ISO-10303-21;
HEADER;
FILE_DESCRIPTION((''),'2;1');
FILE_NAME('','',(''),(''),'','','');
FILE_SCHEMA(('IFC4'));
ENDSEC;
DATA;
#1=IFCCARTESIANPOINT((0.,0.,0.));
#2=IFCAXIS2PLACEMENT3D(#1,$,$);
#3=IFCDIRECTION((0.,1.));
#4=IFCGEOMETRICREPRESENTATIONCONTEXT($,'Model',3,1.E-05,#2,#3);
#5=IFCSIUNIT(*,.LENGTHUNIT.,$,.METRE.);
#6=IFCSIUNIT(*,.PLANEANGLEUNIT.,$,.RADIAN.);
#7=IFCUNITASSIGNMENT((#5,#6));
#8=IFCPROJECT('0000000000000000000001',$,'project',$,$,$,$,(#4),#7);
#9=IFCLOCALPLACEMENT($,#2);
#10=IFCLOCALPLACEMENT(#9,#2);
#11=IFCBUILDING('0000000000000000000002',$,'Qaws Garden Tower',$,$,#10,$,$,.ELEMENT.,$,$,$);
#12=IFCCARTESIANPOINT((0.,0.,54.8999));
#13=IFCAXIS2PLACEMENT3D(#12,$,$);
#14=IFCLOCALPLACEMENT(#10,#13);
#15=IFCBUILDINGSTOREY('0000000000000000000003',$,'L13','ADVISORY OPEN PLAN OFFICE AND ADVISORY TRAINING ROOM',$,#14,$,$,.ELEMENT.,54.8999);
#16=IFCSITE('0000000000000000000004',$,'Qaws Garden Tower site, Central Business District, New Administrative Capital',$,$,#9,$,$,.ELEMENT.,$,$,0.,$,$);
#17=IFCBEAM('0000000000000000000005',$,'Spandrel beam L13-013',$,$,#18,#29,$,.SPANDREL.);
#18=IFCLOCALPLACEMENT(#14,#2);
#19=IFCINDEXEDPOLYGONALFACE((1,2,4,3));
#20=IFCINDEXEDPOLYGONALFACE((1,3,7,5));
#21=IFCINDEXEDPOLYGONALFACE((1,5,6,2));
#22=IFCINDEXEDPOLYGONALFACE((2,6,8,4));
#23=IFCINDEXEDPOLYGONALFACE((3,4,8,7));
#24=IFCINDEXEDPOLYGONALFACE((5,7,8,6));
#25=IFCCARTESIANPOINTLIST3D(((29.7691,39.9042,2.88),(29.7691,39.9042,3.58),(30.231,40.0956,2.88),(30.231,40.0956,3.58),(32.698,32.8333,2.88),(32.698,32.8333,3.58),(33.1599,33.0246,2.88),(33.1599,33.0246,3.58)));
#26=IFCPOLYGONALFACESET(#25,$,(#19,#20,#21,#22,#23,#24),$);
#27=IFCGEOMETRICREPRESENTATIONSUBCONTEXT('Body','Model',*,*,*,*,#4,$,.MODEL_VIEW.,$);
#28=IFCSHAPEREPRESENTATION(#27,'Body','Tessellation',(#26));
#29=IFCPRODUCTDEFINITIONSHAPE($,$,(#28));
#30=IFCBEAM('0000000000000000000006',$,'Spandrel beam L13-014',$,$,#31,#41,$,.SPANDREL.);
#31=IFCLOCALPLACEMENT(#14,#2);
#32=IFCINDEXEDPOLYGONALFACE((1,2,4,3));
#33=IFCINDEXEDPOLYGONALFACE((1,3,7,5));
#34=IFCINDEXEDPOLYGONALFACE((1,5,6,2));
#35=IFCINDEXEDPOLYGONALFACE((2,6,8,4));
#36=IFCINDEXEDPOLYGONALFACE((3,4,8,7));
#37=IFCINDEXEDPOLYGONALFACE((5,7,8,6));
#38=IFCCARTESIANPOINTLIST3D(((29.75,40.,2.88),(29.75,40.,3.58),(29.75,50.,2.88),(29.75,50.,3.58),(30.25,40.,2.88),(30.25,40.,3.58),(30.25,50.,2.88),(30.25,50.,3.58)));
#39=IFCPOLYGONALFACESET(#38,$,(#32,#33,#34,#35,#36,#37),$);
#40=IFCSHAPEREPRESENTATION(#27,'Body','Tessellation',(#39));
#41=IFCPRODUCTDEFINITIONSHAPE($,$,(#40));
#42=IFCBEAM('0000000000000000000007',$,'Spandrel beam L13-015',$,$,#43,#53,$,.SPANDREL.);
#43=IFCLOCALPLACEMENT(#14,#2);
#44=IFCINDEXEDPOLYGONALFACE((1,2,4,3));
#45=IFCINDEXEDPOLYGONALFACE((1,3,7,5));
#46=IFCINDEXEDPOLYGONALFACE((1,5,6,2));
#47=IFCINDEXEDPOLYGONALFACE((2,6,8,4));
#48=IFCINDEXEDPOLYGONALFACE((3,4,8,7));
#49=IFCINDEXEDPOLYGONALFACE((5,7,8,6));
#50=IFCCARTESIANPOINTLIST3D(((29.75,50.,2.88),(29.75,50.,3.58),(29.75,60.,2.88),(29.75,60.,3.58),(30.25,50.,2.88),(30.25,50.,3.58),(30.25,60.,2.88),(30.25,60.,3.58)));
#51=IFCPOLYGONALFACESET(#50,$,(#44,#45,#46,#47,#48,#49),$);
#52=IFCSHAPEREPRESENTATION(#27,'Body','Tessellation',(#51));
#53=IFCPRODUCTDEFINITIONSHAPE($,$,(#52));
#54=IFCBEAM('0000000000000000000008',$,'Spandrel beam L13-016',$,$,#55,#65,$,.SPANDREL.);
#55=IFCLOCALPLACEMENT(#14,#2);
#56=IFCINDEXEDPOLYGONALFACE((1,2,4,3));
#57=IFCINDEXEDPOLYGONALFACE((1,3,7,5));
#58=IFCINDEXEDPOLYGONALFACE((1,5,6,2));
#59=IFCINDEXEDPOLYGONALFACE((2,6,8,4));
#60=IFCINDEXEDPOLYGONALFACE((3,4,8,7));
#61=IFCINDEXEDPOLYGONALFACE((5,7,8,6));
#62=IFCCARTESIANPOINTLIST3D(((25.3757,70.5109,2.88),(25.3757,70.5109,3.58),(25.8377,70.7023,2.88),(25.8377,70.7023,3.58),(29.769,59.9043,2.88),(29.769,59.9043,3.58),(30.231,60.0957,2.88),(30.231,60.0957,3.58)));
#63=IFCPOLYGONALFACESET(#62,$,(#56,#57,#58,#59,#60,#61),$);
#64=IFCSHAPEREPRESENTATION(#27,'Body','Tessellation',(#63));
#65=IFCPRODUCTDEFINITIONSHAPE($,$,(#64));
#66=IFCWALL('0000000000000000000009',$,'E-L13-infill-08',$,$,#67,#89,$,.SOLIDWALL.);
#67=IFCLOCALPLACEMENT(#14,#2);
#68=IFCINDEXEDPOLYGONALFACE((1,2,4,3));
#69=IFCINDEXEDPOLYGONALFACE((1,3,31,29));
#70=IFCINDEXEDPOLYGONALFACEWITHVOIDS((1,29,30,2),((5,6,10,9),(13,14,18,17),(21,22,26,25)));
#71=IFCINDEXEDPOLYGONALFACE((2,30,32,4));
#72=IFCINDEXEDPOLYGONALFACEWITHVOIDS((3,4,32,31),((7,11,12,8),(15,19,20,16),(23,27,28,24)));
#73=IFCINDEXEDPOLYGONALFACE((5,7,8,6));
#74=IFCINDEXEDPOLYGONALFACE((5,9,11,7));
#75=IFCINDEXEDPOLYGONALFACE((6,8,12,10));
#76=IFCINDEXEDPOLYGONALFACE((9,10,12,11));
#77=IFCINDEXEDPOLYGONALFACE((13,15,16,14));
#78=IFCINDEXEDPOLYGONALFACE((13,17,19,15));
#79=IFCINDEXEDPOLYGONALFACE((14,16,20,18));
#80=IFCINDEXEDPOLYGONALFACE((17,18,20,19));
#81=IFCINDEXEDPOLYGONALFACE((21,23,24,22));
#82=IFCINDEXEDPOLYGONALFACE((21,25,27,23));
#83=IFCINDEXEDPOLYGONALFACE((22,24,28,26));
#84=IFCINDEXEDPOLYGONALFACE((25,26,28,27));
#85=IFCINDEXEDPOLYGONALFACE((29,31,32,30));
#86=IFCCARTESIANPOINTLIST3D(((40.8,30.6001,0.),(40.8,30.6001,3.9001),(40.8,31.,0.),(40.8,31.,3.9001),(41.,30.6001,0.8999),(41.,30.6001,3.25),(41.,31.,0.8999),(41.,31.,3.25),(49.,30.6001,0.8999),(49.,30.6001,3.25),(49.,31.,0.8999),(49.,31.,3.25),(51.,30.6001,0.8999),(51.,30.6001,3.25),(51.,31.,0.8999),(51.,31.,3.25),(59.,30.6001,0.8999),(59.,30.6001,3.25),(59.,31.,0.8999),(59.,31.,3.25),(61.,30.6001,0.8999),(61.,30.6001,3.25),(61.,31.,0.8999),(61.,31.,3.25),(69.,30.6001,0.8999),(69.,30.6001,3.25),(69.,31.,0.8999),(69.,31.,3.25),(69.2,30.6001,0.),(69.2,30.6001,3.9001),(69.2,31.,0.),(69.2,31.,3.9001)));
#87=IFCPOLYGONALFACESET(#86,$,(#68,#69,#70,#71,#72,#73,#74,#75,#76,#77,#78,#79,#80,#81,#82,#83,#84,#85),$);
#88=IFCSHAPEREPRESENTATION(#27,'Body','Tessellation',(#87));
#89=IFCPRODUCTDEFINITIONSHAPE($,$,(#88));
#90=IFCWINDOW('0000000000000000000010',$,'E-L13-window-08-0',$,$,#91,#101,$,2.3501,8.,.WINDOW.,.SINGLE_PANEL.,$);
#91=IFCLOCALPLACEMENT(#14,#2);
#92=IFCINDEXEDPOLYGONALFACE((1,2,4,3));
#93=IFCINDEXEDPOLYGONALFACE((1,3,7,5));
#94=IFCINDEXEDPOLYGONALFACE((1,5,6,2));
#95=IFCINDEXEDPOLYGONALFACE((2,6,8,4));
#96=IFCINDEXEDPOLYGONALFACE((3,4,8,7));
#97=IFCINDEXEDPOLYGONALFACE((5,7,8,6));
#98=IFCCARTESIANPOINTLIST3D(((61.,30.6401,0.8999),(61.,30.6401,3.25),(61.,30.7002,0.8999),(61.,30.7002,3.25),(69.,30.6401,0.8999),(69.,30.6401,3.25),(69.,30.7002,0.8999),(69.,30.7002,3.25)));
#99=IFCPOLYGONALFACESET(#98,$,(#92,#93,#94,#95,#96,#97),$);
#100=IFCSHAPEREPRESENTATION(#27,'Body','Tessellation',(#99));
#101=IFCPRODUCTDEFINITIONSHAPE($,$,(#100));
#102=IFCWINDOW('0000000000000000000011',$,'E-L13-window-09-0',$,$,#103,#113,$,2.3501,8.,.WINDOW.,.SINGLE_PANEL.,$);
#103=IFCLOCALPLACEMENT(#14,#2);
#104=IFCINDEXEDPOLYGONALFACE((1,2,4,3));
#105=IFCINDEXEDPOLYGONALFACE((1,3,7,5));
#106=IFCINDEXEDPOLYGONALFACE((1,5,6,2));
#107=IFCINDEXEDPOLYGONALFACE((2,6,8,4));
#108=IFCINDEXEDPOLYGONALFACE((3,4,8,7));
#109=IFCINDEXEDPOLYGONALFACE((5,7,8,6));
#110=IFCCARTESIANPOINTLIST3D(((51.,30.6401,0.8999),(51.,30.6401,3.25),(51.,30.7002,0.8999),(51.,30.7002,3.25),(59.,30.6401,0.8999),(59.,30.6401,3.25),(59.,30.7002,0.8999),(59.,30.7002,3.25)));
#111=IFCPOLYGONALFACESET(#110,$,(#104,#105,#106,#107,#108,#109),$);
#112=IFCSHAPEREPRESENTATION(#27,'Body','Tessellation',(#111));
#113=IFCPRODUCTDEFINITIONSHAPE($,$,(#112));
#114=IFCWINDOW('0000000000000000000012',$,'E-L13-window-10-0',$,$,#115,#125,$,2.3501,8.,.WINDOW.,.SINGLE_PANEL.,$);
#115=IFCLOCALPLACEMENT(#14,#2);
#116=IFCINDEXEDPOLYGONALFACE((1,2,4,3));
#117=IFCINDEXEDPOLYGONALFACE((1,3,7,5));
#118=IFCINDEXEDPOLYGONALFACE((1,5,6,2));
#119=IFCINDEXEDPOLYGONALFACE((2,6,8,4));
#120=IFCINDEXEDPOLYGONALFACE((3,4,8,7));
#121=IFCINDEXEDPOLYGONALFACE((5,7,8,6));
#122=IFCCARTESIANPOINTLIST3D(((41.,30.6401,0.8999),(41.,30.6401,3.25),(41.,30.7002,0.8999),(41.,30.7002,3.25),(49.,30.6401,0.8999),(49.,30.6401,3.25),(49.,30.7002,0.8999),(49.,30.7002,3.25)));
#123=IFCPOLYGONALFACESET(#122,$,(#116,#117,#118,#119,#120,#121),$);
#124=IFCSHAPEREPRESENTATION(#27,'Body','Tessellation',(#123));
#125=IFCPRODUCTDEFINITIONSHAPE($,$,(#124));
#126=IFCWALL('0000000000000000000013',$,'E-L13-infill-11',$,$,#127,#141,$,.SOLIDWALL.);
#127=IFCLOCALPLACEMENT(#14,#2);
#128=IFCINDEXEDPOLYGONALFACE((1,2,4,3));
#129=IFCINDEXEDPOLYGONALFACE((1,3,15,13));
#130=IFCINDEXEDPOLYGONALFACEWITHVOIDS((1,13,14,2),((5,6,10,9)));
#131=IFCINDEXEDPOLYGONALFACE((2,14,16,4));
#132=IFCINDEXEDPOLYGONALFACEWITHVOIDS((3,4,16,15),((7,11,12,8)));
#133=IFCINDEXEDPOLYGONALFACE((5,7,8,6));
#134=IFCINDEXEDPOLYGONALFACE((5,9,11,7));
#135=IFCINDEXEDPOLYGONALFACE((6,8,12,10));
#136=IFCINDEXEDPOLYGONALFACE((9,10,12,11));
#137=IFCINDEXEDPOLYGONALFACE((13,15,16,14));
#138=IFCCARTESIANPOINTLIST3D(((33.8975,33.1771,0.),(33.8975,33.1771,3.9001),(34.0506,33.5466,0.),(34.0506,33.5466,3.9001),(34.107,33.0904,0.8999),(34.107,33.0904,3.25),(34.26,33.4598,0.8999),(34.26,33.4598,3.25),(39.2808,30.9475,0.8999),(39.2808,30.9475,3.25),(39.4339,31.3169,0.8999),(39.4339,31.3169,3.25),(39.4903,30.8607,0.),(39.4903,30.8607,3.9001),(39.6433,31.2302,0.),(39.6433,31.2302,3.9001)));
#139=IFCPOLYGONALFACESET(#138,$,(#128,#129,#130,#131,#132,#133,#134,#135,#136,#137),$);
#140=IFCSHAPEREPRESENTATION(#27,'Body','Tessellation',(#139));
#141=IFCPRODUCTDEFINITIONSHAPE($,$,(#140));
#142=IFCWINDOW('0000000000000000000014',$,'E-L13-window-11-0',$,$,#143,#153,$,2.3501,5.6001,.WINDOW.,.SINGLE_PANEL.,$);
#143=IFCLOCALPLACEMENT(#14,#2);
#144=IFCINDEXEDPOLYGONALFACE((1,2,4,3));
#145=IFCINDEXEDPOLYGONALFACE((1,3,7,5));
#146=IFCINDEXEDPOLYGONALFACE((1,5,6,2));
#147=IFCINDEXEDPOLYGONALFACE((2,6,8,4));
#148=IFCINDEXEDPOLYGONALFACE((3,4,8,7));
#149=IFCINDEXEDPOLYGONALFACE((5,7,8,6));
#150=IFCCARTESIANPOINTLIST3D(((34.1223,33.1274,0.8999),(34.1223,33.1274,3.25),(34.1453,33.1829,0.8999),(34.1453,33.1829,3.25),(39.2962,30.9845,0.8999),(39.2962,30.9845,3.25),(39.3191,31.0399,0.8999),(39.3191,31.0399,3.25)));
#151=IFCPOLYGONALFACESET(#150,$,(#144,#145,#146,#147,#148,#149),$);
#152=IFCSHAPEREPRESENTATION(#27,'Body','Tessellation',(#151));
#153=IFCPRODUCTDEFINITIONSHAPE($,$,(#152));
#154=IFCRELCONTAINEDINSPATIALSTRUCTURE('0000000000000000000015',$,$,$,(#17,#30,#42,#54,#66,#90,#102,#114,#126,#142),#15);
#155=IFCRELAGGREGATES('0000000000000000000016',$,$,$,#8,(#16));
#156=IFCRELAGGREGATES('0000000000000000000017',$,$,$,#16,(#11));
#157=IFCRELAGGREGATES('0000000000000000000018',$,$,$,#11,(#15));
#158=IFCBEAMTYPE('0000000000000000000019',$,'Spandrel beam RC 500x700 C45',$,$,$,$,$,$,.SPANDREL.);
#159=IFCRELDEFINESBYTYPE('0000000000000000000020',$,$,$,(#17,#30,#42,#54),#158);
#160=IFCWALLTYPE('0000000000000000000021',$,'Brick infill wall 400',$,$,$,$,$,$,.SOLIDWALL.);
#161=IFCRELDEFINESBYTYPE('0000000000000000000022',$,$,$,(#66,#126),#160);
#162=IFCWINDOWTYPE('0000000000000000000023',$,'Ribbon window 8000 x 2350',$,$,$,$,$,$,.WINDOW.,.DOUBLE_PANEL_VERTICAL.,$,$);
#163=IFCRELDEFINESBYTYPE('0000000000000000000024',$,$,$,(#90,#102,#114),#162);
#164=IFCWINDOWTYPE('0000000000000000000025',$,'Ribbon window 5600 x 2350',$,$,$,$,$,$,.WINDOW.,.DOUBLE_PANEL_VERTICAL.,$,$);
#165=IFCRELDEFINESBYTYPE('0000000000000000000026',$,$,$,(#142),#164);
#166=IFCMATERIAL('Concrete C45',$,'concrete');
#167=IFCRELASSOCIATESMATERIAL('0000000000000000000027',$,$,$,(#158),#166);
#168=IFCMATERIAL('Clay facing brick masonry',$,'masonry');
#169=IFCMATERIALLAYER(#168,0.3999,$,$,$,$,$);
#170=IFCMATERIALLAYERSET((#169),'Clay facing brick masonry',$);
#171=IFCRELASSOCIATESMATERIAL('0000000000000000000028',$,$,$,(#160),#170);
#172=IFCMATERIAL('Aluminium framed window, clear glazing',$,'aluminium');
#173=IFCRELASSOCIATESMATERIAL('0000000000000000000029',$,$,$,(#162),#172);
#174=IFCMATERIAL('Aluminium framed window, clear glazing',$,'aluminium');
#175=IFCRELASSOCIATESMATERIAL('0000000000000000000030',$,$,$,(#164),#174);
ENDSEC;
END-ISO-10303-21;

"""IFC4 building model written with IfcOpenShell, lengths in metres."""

from ifc_helpers import new_model, si_unit, direction, frame, frame_2d, origin, origin_2d, place, context, subcontext, project, spatial, rectangle, extrude, material, layer, layer_set, material_profile, profile_set, type_object, element, fill, save


model = new_model("IFC4")

# Units and contexts
model_context = context("Model", 3, precision=1e-05, world=origin(), true_north=direction((0.0, 1.0)))
body_context = subcontext(model_context, "Body", "Model", "MODEL_VIEW")
ifc_project = project(units=[si_unit("LENGTHUNIT", "METRE"), si_unit("PLANEANGLEUNIT", "RADIAN")], contexts=[model_context])

# Site, building, storey
site_placement = place(None, origin())
site = spatial("IfcSite", under=ifc_project, at=site_placement, Name="Qaws Garden Tower site, Central Business District, New Administrative Capital", CompositionType="ELEMENT", RefElevation=0.0)
building_placement = place(site_placement, origin())
building = spatial("IfcBuilding", under=site, at=building_placement, Name="Qaws Garden Tower", CompositionType="ELEMENT")
storey_placement = place(building_placement, frame((0.0, 0.0, 54.8999)))
storey = spatial("IfcBuildingStorey", under=building, at=storey_placement, Name="L13", Description="ADVISORY OPEN PLAN OFFICE AND ADVISORY TRAINING ROOM", CompositionType="ELEMENT", Elevation=54.8999)

# Beams
ifc_material_1 = material(Name="Concrete C45", Category="concrete")
ifc_material_profile_1 = material_profile(ifc_material_1, rectangle(XDim=0.5, YDim=0.7, at=origin_2d()), Name="RC 500x700")
ifc_profile_set_1 = profile_set([ifc_material_profile_1], Name="Concrete C45")
beam_type = type_object("IfcBeamType", Name="Spandrel beam RC 500x700 C45", PredefinedType="SPANDREL", material=ifc_profile_set_1)
beam_1_placement = place(storey_placement, frame((32.929, 32.929, 3.23), z_axis=(-0.382687, 0.923878, 0.0), x_axis=(-0.923878, -0.382687, 0.0)))
element("IfcBeam", 1, at=beam_1_placement, inside=storey, type_object=beam_type, Name="Spandrel beam L13-013", PredefinedType="SPANDREL", context=body_context, shape_type="SweptSolid", body=[
    extrude(rectangle(XDim=0.5, YDim=0.7, at=origin_2d()), origin(), (0.0, 0.0, 1.0), 7.6536),
])
for number, where, z_axis, x_axis, name in (
    (2, (30.0, 40.0, 3.23), (0.0, 1.0, 0.0), (-1.0, 0.0, 0.0), "Spandrel beam L13-014"),
    (3, (30.0, 50.0, 3.23), (0.0, 1.0, 0.0), (-1.0, 0.0, 0.0), "Spandrel beam L13-015"),
):
    element("IfcBeam", number, at=place(storey_placement, frame(where, z_axis=z_axis, x_axis=x_axis)), inside=storey, type_object=beam_type, Name=name, PredefinedType="SPANDREL", context=body_context, shape_type="SweptSolid", body=[
        extrude(rectangle(XDim=0.5, YDim=0.7, at=origin_2d()), origin(), (0.0, 0.0, 1.0), 10.0),
    ])
beam_2_placement = place(storey_placement, frame((30.0, 60.0, 3.23), z_axis=(-0.382674, 0.923883, 0.0), x_axis=(-0.923883, -0.382674, 0.0)))
element("IfcBeam", 4, at=beam_2_placement, inside=storey, type_object=beam_type, Name="Spandrel beam L13-016", PredefinedType="SPANDREL", context=body_context, shape_type="SweptSolid", body=[
    extrude(rectangle(XDim=0.5, YDim=0.7, at=origin_2d()), origin(), (0.0, 0.0, 1.0), 11.4805),
])

# Wall, openings, windows
ifc_material_2 = material(Name="Clay facing brick masonry", Category="masonry")
ifc_layer_1 = layer(ifc_material_2, 0.3999)
ifc_layer_set_1 = layer_set([ifc_layer_1], Name="Clay facing brick masonry")
wall_type_1 = type_object("IfcWallType", Name="Brick infill wall 400", PredefinedType="SOLIDWALL", material=ifc_layer_set_1)
wall_1_placement = place(storey_placement, frame((69.2, 30.8, 0.0), z_axis=(0.0, 0.0, 1.0), x_axis=(-1.0, 0.0, 0.0)))
wall_1 = element("IfcWall", 5, at=wall_1_placement, inside=storey, type_object=wall_type_1, Name="E-L13-infill-08", PredefinedType="SOLIDWALL", context=body_context, shape_type="SweptSolid", body=[
    extrude(rectangle(XDim=28.3999, YDim=0.3999, at=frame_2d((14.2, 0.0))), origin(), (0.0, 0.0, 1.0), 3.9001),
])
opening_1_placement = place(wall_1_placement, frame((0.2, 0.0, 0.8999)))
opening_1 = element("IfcOpeningElement", 6, at=opening_1_placement, cuts=wall_1, PredefinedType="OPENING", context=body_context, shape_type="SweptSolid", body=[
    extrude(rectangle(XDim=8.0, YDim=2.3501, at=frame_2d((4.0, 1.175))), frame((0.0, 0.21, 0.0), z_axis=(0.0, -1.0, 0.0), x_axis=(1.0, 0.0, 0.0)), (0.0, 0.0, 1.0), 0.4199),
])
opening_2_placement = place(wall_1_placement, frame((10.2, 0.0, 0.8999)))
opening_2 = element("IfcOpeningElement", 7, at=opening_2_placement, cuts=wall_1, PredefinedType="OPENING", context=body_context, shape_type="SweptSolid", body=[
    extrude(rectangle(XDim=8.0, YDim=2.3501, at=frame_2d((4.0, 1.175))), frame((0.0, 0.21, 0.0), z_axis=(0.0, -1.0, 0.0), x_axis=(1.0, 0.0, 0.0)), (0.0, 0.0, 1.0), 0.4199),
])
opening_3_placement = place(wall_1_placement, frame((20.2, 0.0, 0.8999)))
opening_3 = element("IfcOpeningElement", 8, at=opening_3_placement, cuts=wall_1, PredefinedType="OPENING", context=body_context, shape_type="SweptSolid", body=[
    extrude(rectangle(XDim=8.0, YDim=2.3501, at=frame_2d((4.0, 1.175))), frame((0.0, 0.21, 0.0), z_axis=(0.0, -1.0, 0.0), x_axis=(1.0, 0.0, 0.0)), (0.0, 0.0, 1.0), 0.4199),
])
ifc_material_3 = material(Name="Aluminium framed window, clear glazing", Category="aluminium")
window_type_1 = type_object("IfcWindowType", Name="Ribbon window 8000 x 2350", PartitioningType="DOUBLE_PANEL_VERTICAL", PredefinedType="WINDOW", material=ifc_material_3)
window_1_placement = place(opening_1_placement, origin())
window_1 = element("IfcWindow", 9, at=window_1_placement, inside=storey, type_object=window_type_1, Name="E-L13-window-08-0", OverallHeight=2.3501, OverallWidth=8.0, PartitioningType="SINGLE_PANEL", PredefinedType="WINDOW", context=body_context, shape_type="SweptSolid", body=[
    extrude(rectangle(XDim=8.0, YDim=2.3501, at=frame_2d((4.0, 1.175))), frame((0.0, 0.1599, 0.0), z_axis=(0.0, -1.0, 0.0), x_axis=(1.0, 0.0, 0.0)), (0.0, 0.0, 1.0), 0.0601),
])
fill(opening_1, window_1)
window_2_placement = place(opening_2_placement, origin())
window_2 = element("IfcWindow", 10, at=window_2_placement, inside=storey, type_object=window_type_1, Name="E-L13-window-09-0", OverallHeight=2.3501, OverallWidth=8.0, PartitioningType="SINGLE_PANEL", PredefinedType="WINDOW", context=body_context, shape_type="SweptSolid", body=[
    extrude(rectangle(XDim=8.0, YDim=2.3501, at=frame_2d((4.0, 1.175))), frame((0.0, 0.1599, 0.0), z_axis=(0.0, -1.0, 0.0), x_axis=(1.0, 0.0, 0.0)), (0.0, 0.0, 1.0), 0.0601),
])
fill(opening_2, window_2)
window_3_placement = place(opening_3_placement, origin())
window_3 = element("IfcWindow", 11, at=window_3_placement, inside=storey, type_object=window_type_1, Name="E-L13-window-10-0", OverallHeight=2.3501, OverallWidth=8.0, PartitioningType="SINGLE_PANEL", PredefinedType="WINDOW", context=body_context, shape_type="SweptSolid", body=[
    extrude(rectangle(XDim=8.0, YDim=2.3501, at=frame_2d((4.0, 1.175))), frame((0.0, 0.1599, 0.0), z_axis=(0.0, -1.0, 0.0), x_axis=(1.0, 0.0, 0.0)), (0.0, 0.0, 1.0), 0.0601),
])
fill(opening_3, window_3)

# Wall, opening, window
wall_2_placement = place(storey_placement, frame((39.5669, 31.0454, 0.0), z_axis=(0.0, 0.0, 1.0), x_axis=(-0.923891, 0.382656, 0.0)))
wall_2 = element("IfcWall", 12, at=wall_2_placement, inside=storey, type_object=wall_type_1, Name="E-L13-infill-11", PredefinedType="SOLIDWALL", context=body_context, shape_type="SweptSolid", body=[
    extrude(rectangle(XDim=6.0535, YDim=0.3999, at=frame_2d((3.0269, 0.0))), origin(), (0.0, 0.0, 1.0), 3.9001),
])
opening_4_placement = place(wall_2_placement, frame((0.2268, 0.0, 0.8999)))
opening_4 = element("IfcOpeningElement", 13, at=opening_4_placement, cuts=wall_2, PredefinedType="OPENING", context=body_context, shape_type="SweptSolid", body=[
    extrude(rectangle(XDim=5.6001, YDim=2.3501, at=frame_2d((2.8, 1.175))), frame((0.0, 0.21, 0.0), z_axis=(0.0, -1.0, 0.0), x_axis=(1.0, 0.0, 0.0)), (0.0, 0.0, 1.0), 0.4199),
])
ifc_material_4 = material(Name="Aluminium framed window, clear glazing", Category="aluminium")
window_type_2 = type_object("IfcWindowType", Name="Ribbon window 5600 x 2350", PartitioningType="DOUBLE_PANEL_VERTICAL", PredefinedType="WINDOW", material=ifc_material_4)
window_4_placement = place(opening_4_placement, origin())
window_4 = element("IfcWindow", 14, at=window_4_placement, inside=storey, type_object=window_type_2, Name="E-L13-window-11-0", OverallHeight=2.3501, OverallWidth=5.6001, PartitioningType="SINGLE_PANEL", PredefinedType="WINDOW", context=body_context, shape_type="SweptSolid", body=[
    extrude(rectangle(XDim=5.6001, YDim=2.3501, at=frame_2d((2.8, 1.175))), frame((0.0, 0.1599, 0.0), z_axis=(0.0, -1.0, 0.0), x_axis=(1.0, 0.0, 0.0)), (0.0, 0.0, 1.0), 0.0601),
])
fill(opening_4, window_4)

save(model, "model.ifc")
